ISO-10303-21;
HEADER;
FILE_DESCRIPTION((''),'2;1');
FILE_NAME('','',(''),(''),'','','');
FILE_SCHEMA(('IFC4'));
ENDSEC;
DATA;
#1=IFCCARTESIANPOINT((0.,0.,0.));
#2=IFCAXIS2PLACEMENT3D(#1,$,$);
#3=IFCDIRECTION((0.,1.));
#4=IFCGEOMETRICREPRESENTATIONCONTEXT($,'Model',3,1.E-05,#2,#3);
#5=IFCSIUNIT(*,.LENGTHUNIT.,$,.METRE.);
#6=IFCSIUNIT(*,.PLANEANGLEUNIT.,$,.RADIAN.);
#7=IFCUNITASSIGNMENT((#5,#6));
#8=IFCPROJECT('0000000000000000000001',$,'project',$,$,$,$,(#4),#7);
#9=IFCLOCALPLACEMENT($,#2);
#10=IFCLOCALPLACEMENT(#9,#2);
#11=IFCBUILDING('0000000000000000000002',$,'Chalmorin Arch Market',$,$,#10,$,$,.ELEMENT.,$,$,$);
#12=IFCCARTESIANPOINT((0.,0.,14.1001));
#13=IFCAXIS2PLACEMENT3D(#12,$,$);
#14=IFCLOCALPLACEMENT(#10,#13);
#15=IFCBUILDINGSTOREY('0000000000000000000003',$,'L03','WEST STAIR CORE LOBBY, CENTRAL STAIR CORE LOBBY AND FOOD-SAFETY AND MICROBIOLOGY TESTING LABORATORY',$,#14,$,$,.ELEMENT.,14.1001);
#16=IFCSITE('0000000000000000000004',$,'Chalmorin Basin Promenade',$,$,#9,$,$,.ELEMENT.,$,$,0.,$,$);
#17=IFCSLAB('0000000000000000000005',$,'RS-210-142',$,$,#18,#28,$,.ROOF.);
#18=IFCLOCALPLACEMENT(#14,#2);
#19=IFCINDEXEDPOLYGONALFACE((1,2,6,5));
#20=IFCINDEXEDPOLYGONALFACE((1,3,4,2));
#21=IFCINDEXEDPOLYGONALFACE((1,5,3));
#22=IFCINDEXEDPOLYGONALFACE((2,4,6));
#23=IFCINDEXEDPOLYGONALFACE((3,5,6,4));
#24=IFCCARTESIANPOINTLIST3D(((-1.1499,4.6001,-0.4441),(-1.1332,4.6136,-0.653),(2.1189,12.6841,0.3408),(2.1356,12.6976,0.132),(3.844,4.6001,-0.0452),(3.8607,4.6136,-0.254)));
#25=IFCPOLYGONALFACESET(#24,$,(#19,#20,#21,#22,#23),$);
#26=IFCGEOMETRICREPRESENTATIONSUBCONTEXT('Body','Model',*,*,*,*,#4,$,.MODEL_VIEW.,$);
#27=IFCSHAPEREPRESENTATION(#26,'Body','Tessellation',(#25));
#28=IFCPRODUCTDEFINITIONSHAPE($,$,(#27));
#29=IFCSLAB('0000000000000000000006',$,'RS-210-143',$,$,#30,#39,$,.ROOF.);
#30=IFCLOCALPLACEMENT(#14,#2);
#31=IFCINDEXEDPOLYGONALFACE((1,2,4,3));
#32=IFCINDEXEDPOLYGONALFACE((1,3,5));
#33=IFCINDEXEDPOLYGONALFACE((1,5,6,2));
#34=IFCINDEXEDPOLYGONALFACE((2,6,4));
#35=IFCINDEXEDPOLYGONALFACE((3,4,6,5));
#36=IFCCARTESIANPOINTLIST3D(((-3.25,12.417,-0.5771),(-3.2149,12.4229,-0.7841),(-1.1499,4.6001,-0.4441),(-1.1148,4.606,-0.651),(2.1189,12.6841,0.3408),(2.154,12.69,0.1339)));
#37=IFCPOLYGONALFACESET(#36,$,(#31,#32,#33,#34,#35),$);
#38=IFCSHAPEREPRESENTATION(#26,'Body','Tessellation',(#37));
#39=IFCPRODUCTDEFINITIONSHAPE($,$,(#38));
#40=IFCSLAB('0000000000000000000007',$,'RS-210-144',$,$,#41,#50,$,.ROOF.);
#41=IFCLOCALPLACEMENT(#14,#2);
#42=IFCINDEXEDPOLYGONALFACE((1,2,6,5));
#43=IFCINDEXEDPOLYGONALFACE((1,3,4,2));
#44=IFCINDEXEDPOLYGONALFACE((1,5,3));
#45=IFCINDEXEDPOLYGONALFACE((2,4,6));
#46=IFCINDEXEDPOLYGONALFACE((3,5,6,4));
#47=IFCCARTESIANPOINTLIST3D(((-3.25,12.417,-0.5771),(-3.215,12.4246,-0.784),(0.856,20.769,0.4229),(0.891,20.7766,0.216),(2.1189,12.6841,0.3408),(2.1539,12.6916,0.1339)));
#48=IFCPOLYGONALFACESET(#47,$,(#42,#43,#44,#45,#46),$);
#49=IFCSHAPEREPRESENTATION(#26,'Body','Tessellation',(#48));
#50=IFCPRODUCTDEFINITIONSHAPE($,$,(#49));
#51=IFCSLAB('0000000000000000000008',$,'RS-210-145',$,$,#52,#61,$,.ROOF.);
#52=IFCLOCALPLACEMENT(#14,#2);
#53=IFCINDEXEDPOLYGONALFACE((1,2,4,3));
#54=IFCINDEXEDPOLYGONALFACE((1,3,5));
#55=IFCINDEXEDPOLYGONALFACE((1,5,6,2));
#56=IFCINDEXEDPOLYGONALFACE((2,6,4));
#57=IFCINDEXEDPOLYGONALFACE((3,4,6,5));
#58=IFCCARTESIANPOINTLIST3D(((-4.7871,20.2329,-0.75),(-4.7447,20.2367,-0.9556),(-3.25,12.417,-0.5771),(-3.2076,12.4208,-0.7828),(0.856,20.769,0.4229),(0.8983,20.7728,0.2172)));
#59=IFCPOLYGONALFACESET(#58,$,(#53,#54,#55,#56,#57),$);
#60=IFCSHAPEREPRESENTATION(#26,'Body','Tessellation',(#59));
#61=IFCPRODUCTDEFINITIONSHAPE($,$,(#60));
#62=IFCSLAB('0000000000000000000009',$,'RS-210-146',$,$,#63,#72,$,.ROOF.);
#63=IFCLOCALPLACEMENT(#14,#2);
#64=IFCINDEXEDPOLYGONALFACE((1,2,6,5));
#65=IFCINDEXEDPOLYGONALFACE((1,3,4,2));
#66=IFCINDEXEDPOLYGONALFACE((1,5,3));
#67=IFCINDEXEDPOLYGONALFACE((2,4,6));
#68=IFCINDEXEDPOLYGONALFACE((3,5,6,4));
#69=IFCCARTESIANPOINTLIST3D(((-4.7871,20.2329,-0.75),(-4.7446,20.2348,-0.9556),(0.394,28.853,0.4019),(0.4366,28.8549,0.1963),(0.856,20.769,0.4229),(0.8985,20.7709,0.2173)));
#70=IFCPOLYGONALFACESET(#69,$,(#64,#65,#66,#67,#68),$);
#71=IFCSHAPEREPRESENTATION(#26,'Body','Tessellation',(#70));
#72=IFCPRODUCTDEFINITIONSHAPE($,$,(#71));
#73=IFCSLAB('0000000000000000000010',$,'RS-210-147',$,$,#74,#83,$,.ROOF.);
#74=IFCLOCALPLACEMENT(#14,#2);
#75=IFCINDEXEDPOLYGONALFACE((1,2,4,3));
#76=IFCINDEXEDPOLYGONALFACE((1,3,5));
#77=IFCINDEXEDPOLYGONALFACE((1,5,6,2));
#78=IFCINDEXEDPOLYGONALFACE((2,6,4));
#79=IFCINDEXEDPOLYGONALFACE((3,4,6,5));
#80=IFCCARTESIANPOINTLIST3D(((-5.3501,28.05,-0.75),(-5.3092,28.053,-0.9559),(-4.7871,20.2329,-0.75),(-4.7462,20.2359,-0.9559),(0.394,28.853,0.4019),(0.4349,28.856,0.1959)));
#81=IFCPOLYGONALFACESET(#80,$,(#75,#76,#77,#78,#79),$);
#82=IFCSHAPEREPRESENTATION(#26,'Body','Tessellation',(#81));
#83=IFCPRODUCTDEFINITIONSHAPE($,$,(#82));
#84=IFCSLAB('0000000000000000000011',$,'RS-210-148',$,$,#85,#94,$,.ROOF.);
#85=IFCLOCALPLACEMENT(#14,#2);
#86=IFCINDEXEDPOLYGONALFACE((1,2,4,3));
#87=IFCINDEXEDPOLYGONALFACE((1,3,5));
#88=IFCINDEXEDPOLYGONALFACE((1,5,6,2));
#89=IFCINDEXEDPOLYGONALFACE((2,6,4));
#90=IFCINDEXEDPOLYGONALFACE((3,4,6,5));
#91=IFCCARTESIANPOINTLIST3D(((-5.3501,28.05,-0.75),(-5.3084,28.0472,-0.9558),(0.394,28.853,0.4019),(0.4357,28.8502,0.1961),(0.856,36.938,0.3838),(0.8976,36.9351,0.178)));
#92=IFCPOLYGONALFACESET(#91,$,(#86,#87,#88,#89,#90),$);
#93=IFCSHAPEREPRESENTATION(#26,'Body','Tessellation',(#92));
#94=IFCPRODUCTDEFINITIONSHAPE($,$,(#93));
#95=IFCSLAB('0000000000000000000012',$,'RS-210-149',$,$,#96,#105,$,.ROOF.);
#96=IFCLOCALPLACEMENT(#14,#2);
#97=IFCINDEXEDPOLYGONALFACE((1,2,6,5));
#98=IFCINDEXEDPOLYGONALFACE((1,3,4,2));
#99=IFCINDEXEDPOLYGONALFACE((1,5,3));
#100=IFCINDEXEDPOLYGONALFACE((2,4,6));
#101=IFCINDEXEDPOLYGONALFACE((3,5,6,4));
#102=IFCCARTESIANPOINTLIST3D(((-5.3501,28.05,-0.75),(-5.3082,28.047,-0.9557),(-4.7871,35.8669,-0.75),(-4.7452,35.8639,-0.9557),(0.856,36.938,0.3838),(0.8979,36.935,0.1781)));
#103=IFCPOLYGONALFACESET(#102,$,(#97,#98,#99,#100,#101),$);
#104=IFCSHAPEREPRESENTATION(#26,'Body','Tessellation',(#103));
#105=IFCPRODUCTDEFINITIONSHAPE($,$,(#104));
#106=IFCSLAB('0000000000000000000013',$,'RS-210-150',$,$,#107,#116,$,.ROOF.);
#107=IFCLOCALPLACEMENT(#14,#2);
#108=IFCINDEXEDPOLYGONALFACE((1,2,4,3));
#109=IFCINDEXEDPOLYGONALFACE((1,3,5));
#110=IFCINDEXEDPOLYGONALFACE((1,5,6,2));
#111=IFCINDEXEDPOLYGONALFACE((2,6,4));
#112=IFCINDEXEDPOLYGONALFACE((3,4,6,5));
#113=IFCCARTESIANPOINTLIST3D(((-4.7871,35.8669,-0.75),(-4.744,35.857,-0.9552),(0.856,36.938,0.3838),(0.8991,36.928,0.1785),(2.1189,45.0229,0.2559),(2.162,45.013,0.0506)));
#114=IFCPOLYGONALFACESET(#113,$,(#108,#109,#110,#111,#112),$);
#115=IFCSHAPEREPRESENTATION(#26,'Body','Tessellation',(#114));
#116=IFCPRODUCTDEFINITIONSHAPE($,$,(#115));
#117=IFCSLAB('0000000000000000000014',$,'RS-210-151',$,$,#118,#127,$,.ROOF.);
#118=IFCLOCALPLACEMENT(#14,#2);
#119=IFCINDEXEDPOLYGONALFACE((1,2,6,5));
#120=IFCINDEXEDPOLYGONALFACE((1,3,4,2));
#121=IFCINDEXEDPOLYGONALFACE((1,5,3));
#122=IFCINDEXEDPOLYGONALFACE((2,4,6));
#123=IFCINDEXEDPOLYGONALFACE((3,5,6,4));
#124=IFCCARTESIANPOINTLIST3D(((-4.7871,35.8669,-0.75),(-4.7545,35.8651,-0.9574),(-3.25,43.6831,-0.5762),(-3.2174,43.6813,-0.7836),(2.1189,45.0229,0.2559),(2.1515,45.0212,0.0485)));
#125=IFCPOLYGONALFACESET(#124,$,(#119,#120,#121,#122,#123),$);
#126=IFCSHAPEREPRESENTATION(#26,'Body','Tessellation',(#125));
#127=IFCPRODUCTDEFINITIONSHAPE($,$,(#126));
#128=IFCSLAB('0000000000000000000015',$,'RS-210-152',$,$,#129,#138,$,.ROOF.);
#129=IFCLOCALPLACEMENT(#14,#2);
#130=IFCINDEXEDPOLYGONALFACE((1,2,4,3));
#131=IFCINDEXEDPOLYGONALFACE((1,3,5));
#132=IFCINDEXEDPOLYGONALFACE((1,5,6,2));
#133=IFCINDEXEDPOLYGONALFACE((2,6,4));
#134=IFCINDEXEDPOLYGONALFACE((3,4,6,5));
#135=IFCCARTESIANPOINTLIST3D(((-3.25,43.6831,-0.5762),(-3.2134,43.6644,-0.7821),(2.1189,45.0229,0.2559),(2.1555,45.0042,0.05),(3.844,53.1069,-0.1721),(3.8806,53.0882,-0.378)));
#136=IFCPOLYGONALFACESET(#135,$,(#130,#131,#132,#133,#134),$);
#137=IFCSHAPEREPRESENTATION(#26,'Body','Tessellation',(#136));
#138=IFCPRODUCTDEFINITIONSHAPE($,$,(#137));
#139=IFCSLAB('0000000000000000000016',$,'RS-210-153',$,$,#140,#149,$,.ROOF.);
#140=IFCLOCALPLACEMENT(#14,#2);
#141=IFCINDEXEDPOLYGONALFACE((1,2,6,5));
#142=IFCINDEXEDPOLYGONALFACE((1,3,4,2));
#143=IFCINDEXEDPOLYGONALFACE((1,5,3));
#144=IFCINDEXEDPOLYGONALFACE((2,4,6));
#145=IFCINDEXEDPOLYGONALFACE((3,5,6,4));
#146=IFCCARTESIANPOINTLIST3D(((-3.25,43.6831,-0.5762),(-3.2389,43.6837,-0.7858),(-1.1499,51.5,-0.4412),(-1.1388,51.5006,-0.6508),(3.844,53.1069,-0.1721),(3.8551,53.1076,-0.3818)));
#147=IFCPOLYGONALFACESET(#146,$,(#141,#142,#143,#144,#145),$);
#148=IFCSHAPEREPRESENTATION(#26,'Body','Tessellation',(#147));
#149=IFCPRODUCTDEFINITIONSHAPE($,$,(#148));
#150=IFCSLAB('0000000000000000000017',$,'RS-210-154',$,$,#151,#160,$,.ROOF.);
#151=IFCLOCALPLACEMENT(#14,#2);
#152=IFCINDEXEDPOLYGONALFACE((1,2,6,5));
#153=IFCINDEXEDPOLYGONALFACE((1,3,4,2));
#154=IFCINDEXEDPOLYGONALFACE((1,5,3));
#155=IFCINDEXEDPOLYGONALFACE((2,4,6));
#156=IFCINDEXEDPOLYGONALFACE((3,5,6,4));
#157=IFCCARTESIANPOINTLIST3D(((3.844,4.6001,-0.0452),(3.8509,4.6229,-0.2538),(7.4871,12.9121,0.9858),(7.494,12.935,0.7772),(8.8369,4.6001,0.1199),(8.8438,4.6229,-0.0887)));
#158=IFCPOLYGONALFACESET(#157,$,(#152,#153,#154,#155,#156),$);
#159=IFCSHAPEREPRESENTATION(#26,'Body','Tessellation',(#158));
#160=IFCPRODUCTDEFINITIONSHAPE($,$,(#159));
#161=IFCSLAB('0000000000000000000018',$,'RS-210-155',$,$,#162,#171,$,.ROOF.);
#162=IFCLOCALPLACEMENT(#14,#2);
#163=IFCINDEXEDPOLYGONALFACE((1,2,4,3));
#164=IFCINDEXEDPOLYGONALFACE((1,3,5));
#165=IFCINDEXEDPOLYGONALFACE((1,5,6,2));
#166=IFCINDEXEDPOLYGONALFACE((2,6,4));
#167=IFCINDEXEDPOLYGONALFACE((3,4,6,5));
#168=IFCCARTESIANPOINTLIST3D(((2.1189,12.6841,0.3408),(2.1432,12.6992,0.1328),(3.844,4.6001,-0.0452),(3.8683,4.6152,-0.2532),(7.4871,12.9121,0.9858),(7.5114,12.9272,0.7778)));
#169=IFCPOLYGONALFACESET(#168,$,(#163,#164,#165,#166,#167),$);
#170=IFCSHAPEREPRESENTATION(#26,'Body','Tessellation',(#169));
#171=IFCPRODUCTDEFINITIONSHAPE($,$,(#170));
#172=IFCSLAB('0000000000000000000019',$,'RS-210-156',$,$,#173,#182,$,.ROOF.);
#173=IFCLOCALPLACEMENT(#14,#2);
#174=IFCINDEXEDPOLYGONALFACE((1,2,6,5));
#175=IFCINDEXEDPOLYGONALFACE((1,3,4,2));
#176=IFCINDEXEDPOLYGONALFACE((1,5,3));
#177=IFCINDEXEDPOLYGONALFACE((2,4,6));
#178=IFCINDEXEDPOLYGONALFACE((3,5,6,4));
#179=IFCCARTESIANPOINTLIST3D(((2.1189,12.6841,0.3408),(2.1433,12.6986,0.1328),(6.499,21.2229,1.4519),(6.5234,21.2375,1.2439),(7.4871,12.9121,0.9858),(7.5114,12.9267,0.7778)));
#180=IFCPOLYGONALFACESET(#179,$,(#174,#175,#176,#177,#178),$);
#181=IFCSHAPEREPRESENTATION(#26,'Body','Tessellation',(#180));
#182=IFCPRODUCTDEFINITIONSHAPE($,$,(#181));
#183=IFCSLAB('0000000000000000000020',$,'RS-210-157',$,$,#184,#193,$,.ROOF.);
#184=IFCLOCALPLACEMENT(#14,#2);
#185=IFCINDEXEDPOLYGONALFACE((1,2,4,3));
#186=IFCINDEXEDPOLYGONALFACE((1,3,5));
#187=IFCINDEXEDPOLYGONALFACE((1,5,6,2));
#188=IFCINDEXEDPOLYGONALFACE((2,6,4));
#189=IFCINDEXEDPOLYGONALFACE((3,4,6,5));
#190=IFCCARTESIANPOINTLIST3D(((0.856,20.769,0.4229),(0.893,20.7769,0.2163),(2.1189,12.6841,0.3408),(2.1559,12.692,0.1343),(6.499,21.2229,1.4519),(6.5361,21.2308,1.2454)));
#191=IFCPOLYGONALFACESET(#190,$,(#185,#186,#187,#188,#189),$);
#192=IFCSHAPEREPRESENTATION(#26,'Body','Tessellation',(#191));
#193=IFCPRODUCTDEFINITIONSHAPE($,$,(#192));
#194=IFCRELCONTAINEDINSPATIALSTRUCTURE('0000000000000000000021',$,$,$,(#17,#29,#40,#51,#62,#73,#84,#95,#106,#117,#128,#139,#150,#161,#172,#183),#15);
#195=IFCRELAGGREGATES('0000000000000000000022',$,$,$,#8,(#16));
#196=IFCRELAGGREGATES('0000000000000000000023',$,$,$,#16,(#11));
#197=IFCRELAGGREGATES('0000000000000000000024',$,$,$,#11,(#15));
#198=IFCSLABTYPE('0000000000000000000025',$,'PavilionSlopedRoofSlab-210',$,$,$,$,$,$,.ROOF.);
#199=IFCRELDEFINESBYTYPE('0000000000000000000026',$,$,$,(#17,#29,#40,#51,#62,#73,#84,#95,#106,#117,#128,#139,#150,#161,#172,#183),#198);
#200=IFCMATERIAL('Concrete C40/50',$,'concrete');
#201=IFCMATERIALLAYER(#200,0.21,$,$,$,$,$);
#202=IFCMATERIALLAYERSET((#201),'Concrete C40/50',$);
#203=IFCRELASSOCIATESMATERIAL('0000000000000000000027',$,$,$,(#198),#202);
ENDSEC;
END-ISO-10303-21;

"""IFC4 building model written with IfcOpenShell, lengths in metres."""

from ifc_helpers import new_model, si_unit, direction, frame, origin, place, context, subcontext, project, spatial, polyline, outline, extrude, material, layer, layer_set, type_object, element, save


model = new_model("IFC4")

# Units and contexts
model_context = context("Model", 3, precision=1e-05, world=origin(), true_north=direction((0.0, 1.0)))
body_context = subcontext(model_context, "Body", "Model", "MODEL_VIEW")
ifc_project = project(units=[si_unit("LENGTHUNIT", "METRE"), si_unit("PLANEANGLEUNIT", "RADIAN")], contexts=[model_context])

# Site, building, storey
site_placement = place(None, origin())
site = spatial("IfcSite", under=ifc_project, at=site_placement, Name="Chalmorin Basin Promenade", CompositionType="ELEMENT", RefElevation=0.0)
building_placement = place(site_placement, origin())
building = spatial("IfcBuilding", under=site, at=building_placement, Name="Chalmorin Arch Market", CompositionType="ELEMENT")
storey_placement = place(building_placement, frame((0.0, 0.0, 14.1001)))
storey = spatial("IfcBuildingStorey", under=building, at=storey_placement, Name="L03", Description="WEST STAIR CORE LOBBY, CENTRAL STAIR CORE LOBBY AND FOOD-SAFETY AND MICROBIOLOGY TESTING LABORATORY", CompositionType="ELEMENT", Elevation=14.1001)

# Slabs
ifc_material_1 = material(Name="Concrete C40/50", Category="concrete")
ifc_layer_1 = layer(ifc_material_1, 0.21)
ifc_layer_set_1 = layer_set([ifc_layer_1], Name="Concrete C40/50")
slab_type = type_object("IfcSlabType", Name="PavilionSlopedRoofSlab-210", PredefinedType="ROOF", material=ifc_layer_set_1)
slab_1_placement = place(storey_placement, frame((-1.1499, 4.6001, -0.4441), z_axis=(-0.079463, -0.064454, 0.994752), x_axis=(0.996825, 0.0, 0.079629)))
element("IfcSlab", 1, at=slab_1_placement, inside=storey, type_object=slab_type, Name="RS-210-142", PredefinedType="ROOF", context=body_context, shape_type="SweptSolid", body=[
    extrude(outline(polyline([(0.0, 0.0), (5.0098, 0.0), (3.3209, 8.1008), (0.0, 0.0)])), origin(), (0.0, 0.0, -1.0), 0.21),
])
slab_2_placement = place(storey_placement, frame((-1.1499, 4.6001, -0.4441), z_axis=(-0.167107, -0.02812, 0.985538), x_axis=(0.373359, 0.923345, 0.089652)))
element("IfcSlab", 2, at=slab_2_placement, inside=storey, type_object=slab_type, Name="RS-210-143", PredefinedType="ROOF", context=body_context, shape_type="SweptSolid", body=[
    extrude(outline(polyline([(0.0, 0.0), (8.7551, 0.0), (6.4217, 4.9289), (0.0, 0.0)])), origin(), (0.0, 0.0, -1.0), 0.21),
])
slab_3_placement = place(storey_placement, frame((-3.25, 12.417, -0.5771), z_axis=(-0.166682, -0.036035, 0.985352), x_axis=(0.984513, 0.048977, 0.168331)))
element("IfcSlab", 3, at=slab_3_placement, inside=storey, type_object=slab_type, Name="RS-210-144", PredefinedType="ROOF", context=body_context, shape_type="SweptSolid", body=[
    extrude(outline(polyline([(0.0, 0.0), (5.4534, 0.0), (4.6198, 8.1409), (0.0, 0.0)])), origin(), (0.0, 0.0, -1.0), 0.21),
])
slab_4_placement = place(storey_placement, frame((-3.25, 12.417, -0.5771), z_axis=(-0.201815, -0.018033, 0.979258), x_axis=(0.438656, 0.892282, 0.106834)))
element("IfcSlab", 4, at=slab_4_placement, inside=storey, type_object=slab_type, Name="RS-210-145", PredefinedType="ROOF", context=body_context, shape_type="SweptSolid", body=[
    extrude(outline(polyline([(0.0, 0.0), (9.3603, 0.0), (6.2813, 4.9017), (0.0, 0.0)])), origin(), (0.0, 0.0, -1.0), 0.21),
])
slab_5_placement = place(storey_placement, frame((-4.7871, 20.2329, -0.75), z_axis=(-0.202659, -0.009037, 0.979208), x_axis=(0.974868, 0.09262, 0.202616)))
element("IfcSlab", 5, at=slab_5_placement, inside=storey, type_object=slab_type, Name="RS-210-146", PredefinedType="ROOF", context=body_context, shape_type="SweptSolid", body=[
    extrude(outline(polyline([(0.0, 0.0), (5.7885, 0.0), (6.0827, 8.0919), (0.0, 0.0)])), origin(), (0.0, 0.0, -1.0), 0.21),
])
slab_6_placement = place(storey_placement, frame((-4.7871, 20.2329, -0.75), z_axis=(-0.194709, -0.014023, 0.980761), x_axis=(0.511814, 0.851528, 0.113785)))
element("IfcSlab", 6, at=slab_6_placement, inside=storey, type_object=slab_type, Name="RS-210-147", PredefinedType="ROOF", context=body_context, shape_type="SweptSolid", body=[
    extrude(outline(polyline([(0.0, 0.0), (10.1231, 0.0), (6.3684, 4.5682), (0.0, 0.0)])), origin(), (0.0, 0.0, -1.0), 0.21),
])
slab_7_placement = place(storey_placement, frame((-5.3501, 28.05, -0.75), z_axis=(-0.198412, 0.013526, 0.980025), x_axis=(0.971399, 0.135793, 0.194792)))
element("IfcSlab", 7, at=slab_7_placement, inside=storey, type_object=slab_type, Name="RS-210-148", PredefinedType="ROOF", context=body_context, shape_type="SweptSolid", body=[
    extrude(outline(polyline([(0.0, 0.0), (5.9133, 0.0), (7.4563, 7.9498), (0.0, 0.0)])), origin(), (0.0, 0.0, -1.0), 0.21),
])
slab_8_placement = place(storey_placement, frame((-5.3501, 28.05, -0.75), z_axis=(-0.199582, 0.014374, 0.979776), x_axis=(0.569396, 0.815455, 0.104023)))
element("IfcSlab", 8, at=slab_8_placement, inside=storey, type_object=slab_type, Name="RS-210-149", PredefinedType="ROOF", context=body_context, shape_type="SweptSolid", body=[
    extrude(outline(polyline([(0.0, 0.0), (10.8994, 0.0), (6.6949, 4.0742), (0.0, 0.0)])), origin(), (0.0, 0.0, -1.0), 0.21),
])
slab_9_placement = place(storey_placement, frame((-4.7871, 35.8669, -0.75), z_axis=(-0.205426, 0.047557, 0.977516), x_axis=(0.963862, 0.182939, 0.193656)))
element("IfcSlab", 9, at=slab_9_placement, inside=storey, type_object=slab_type, Name="RS-210-150", PredefinedType="ROOF", context=body_context, shape_type="SweptSolid", body=[
    extrude(outline(polyline([(0.0, 0.0), (5.8546, 0.0), (8.5262, 7.7357), (0.0, 0.0)])), origin(), (0.0, 0.0, -1.0), 0.21),
])
slab_10_placement = place(storey_placement, frame((-4.7871, 35.8669, -0.75), z_axis=(-0.155224, 0.008557, 0.987842), x_axis=(0.599871, 0.795312, 0.087371)))
element("IfcSlab", 10, at=slab_10_placement, inside=storey, type_object=slab_type, Name="RS-210-151", PredefinedType="ROOF", context=body_context, shape_type="SweptSolid", body=[
    extrude(outline(polyline([(0.0, 0.0), (11.5125, 0.0), (7.1535, 3.5089), (0.0, 0.0)])), origin(), (0.0, 0.0, -1.0), 0.21),
])
slab_11_placement = place(storey_placement, frame((-3.25, 43.6831, -0.5762), z_axis=(-0.174211, 0.089094, 0.98067), x_axis=(0.959458, 0.239439, 0.14869)))
element("IfcSlab", 11, at=slab_11_placement, inside=storey, type_object=slab_type, Name="RS-210-152", PredefinedType="ROOF", context=body_context, shape_type="SweptSolid", body=[
    extrude(outline(polyline([(0.0, 0.0), (5.5958, 0.0), (9.1229, 7.4879), (0.0, 0.0)])), origin(), (0.0, 0.0, -1.0), 0.21),
])
slab_12_placement = place(storey_placement, frame((-3.25, 43.6831, -0.5762), z_axis=(-0.052815, -0.003058, 0.9986), x_axis=(0.601064, 0.798467, 0.034235)))
element("IfcSlab", 12, at=slab_12_placement, inside=storey, type_object=slab_type, Name="RS-210-153", PredefinedType="ROOF", context=body_context, shape_type="SweptSolid", body=[
    extrude(outline(polyline([(0.0, 0.0), (11.8024, 0.0), (7.5085, 3.0258), (0.0, 0.0)])), origin(), (0.0, 0.0, -1.0), 0.21),
])
slab_13_placement = place(storey_placement, frame((3.844, 4.6001, -0.0452), z_axis=(-0.03284, -0.10884, 0.993517), x_axis=(0.999454, 0.0, 0.033037)))
element("IfcSlab", 13, at=slab_13_placement, inside=storey, type_object=slab_type, Name="RS-210-154", PredefinedType="ROOF", context=body_context, shape_type="SweptSolid", body=[
    extrude(outline(polyline([(0.0, 0.0), (4.9956, 0.0), (3.6751, 8.3617), (0.0, 0.0)])), origin(), (0.0, 0.0, -1.0), 0.21),
])
slab_14_placement = place(storey_placement, frame((3.844, 4.6001, -0.0452), z_axis=(-0.115971, -0.072048, 0.990636), x_axis=(0.39886, 0.910038, 0.112879)))
element("IfcSlab", 14, at=slab_14_placement, inside=storey, type_object=slab_type, Name="RS-210-155", PredefinedType="ROOF", context=body_context, shape_type="SweptSolid", body=[
    extrude(outline(polyline([(0.0, 0.0), (9.1337, 0.0), (6.7122, 4.8396), (0.0, 0.0)])), origin(), (0.0, 0.0, -1.0), 0.21),
])
slab_15_placement = place(storey_placement, frame((2.1189, 12.6841, 0.3408), z_axis=(-0.116106, -0.069368, 0.990812), x_axis=(0.991977, 0.042137, 0.119192)))
element("IfcSlab", 15, at=slab_15_placement, inside=storey, type_object=slab_type, Name="RS-210-156", PredefinedType="ROOF", context=body_context, shape_type="SweptSolid", body=[
    extrude(outline(polyline([(0.0, 0.0), (5.4116, 0.0), (4.8372, 8.3626), (0.0, 0.0)])), origin(), (0.0, 0.0, -1.0), 0.21),
])
slab_16_placement = place(storey_placement, frame((2.1189, 12.6841, 0.3408), z_axis=(-0.17635, -0.037527, 0.983612), x_axis=(0.453391, 0.883861, 0.115009)))
element("IfcSlab", 16, at=slab_16_placement, inside=storey, type_object=slab_type, Name="RS-210-157", PredefinedType="ROOF", context=body_context, shape_type="SweptSolid", body=[
    extrude(outline(polyline([(0.0, 0.0), (9.6608, 0.0), (6.5828, 4.8616), (0.0, 0.0)])), origin(), (0.0, 0.0, -1.0), 0.21),
])

save(model, "model.ifc")
